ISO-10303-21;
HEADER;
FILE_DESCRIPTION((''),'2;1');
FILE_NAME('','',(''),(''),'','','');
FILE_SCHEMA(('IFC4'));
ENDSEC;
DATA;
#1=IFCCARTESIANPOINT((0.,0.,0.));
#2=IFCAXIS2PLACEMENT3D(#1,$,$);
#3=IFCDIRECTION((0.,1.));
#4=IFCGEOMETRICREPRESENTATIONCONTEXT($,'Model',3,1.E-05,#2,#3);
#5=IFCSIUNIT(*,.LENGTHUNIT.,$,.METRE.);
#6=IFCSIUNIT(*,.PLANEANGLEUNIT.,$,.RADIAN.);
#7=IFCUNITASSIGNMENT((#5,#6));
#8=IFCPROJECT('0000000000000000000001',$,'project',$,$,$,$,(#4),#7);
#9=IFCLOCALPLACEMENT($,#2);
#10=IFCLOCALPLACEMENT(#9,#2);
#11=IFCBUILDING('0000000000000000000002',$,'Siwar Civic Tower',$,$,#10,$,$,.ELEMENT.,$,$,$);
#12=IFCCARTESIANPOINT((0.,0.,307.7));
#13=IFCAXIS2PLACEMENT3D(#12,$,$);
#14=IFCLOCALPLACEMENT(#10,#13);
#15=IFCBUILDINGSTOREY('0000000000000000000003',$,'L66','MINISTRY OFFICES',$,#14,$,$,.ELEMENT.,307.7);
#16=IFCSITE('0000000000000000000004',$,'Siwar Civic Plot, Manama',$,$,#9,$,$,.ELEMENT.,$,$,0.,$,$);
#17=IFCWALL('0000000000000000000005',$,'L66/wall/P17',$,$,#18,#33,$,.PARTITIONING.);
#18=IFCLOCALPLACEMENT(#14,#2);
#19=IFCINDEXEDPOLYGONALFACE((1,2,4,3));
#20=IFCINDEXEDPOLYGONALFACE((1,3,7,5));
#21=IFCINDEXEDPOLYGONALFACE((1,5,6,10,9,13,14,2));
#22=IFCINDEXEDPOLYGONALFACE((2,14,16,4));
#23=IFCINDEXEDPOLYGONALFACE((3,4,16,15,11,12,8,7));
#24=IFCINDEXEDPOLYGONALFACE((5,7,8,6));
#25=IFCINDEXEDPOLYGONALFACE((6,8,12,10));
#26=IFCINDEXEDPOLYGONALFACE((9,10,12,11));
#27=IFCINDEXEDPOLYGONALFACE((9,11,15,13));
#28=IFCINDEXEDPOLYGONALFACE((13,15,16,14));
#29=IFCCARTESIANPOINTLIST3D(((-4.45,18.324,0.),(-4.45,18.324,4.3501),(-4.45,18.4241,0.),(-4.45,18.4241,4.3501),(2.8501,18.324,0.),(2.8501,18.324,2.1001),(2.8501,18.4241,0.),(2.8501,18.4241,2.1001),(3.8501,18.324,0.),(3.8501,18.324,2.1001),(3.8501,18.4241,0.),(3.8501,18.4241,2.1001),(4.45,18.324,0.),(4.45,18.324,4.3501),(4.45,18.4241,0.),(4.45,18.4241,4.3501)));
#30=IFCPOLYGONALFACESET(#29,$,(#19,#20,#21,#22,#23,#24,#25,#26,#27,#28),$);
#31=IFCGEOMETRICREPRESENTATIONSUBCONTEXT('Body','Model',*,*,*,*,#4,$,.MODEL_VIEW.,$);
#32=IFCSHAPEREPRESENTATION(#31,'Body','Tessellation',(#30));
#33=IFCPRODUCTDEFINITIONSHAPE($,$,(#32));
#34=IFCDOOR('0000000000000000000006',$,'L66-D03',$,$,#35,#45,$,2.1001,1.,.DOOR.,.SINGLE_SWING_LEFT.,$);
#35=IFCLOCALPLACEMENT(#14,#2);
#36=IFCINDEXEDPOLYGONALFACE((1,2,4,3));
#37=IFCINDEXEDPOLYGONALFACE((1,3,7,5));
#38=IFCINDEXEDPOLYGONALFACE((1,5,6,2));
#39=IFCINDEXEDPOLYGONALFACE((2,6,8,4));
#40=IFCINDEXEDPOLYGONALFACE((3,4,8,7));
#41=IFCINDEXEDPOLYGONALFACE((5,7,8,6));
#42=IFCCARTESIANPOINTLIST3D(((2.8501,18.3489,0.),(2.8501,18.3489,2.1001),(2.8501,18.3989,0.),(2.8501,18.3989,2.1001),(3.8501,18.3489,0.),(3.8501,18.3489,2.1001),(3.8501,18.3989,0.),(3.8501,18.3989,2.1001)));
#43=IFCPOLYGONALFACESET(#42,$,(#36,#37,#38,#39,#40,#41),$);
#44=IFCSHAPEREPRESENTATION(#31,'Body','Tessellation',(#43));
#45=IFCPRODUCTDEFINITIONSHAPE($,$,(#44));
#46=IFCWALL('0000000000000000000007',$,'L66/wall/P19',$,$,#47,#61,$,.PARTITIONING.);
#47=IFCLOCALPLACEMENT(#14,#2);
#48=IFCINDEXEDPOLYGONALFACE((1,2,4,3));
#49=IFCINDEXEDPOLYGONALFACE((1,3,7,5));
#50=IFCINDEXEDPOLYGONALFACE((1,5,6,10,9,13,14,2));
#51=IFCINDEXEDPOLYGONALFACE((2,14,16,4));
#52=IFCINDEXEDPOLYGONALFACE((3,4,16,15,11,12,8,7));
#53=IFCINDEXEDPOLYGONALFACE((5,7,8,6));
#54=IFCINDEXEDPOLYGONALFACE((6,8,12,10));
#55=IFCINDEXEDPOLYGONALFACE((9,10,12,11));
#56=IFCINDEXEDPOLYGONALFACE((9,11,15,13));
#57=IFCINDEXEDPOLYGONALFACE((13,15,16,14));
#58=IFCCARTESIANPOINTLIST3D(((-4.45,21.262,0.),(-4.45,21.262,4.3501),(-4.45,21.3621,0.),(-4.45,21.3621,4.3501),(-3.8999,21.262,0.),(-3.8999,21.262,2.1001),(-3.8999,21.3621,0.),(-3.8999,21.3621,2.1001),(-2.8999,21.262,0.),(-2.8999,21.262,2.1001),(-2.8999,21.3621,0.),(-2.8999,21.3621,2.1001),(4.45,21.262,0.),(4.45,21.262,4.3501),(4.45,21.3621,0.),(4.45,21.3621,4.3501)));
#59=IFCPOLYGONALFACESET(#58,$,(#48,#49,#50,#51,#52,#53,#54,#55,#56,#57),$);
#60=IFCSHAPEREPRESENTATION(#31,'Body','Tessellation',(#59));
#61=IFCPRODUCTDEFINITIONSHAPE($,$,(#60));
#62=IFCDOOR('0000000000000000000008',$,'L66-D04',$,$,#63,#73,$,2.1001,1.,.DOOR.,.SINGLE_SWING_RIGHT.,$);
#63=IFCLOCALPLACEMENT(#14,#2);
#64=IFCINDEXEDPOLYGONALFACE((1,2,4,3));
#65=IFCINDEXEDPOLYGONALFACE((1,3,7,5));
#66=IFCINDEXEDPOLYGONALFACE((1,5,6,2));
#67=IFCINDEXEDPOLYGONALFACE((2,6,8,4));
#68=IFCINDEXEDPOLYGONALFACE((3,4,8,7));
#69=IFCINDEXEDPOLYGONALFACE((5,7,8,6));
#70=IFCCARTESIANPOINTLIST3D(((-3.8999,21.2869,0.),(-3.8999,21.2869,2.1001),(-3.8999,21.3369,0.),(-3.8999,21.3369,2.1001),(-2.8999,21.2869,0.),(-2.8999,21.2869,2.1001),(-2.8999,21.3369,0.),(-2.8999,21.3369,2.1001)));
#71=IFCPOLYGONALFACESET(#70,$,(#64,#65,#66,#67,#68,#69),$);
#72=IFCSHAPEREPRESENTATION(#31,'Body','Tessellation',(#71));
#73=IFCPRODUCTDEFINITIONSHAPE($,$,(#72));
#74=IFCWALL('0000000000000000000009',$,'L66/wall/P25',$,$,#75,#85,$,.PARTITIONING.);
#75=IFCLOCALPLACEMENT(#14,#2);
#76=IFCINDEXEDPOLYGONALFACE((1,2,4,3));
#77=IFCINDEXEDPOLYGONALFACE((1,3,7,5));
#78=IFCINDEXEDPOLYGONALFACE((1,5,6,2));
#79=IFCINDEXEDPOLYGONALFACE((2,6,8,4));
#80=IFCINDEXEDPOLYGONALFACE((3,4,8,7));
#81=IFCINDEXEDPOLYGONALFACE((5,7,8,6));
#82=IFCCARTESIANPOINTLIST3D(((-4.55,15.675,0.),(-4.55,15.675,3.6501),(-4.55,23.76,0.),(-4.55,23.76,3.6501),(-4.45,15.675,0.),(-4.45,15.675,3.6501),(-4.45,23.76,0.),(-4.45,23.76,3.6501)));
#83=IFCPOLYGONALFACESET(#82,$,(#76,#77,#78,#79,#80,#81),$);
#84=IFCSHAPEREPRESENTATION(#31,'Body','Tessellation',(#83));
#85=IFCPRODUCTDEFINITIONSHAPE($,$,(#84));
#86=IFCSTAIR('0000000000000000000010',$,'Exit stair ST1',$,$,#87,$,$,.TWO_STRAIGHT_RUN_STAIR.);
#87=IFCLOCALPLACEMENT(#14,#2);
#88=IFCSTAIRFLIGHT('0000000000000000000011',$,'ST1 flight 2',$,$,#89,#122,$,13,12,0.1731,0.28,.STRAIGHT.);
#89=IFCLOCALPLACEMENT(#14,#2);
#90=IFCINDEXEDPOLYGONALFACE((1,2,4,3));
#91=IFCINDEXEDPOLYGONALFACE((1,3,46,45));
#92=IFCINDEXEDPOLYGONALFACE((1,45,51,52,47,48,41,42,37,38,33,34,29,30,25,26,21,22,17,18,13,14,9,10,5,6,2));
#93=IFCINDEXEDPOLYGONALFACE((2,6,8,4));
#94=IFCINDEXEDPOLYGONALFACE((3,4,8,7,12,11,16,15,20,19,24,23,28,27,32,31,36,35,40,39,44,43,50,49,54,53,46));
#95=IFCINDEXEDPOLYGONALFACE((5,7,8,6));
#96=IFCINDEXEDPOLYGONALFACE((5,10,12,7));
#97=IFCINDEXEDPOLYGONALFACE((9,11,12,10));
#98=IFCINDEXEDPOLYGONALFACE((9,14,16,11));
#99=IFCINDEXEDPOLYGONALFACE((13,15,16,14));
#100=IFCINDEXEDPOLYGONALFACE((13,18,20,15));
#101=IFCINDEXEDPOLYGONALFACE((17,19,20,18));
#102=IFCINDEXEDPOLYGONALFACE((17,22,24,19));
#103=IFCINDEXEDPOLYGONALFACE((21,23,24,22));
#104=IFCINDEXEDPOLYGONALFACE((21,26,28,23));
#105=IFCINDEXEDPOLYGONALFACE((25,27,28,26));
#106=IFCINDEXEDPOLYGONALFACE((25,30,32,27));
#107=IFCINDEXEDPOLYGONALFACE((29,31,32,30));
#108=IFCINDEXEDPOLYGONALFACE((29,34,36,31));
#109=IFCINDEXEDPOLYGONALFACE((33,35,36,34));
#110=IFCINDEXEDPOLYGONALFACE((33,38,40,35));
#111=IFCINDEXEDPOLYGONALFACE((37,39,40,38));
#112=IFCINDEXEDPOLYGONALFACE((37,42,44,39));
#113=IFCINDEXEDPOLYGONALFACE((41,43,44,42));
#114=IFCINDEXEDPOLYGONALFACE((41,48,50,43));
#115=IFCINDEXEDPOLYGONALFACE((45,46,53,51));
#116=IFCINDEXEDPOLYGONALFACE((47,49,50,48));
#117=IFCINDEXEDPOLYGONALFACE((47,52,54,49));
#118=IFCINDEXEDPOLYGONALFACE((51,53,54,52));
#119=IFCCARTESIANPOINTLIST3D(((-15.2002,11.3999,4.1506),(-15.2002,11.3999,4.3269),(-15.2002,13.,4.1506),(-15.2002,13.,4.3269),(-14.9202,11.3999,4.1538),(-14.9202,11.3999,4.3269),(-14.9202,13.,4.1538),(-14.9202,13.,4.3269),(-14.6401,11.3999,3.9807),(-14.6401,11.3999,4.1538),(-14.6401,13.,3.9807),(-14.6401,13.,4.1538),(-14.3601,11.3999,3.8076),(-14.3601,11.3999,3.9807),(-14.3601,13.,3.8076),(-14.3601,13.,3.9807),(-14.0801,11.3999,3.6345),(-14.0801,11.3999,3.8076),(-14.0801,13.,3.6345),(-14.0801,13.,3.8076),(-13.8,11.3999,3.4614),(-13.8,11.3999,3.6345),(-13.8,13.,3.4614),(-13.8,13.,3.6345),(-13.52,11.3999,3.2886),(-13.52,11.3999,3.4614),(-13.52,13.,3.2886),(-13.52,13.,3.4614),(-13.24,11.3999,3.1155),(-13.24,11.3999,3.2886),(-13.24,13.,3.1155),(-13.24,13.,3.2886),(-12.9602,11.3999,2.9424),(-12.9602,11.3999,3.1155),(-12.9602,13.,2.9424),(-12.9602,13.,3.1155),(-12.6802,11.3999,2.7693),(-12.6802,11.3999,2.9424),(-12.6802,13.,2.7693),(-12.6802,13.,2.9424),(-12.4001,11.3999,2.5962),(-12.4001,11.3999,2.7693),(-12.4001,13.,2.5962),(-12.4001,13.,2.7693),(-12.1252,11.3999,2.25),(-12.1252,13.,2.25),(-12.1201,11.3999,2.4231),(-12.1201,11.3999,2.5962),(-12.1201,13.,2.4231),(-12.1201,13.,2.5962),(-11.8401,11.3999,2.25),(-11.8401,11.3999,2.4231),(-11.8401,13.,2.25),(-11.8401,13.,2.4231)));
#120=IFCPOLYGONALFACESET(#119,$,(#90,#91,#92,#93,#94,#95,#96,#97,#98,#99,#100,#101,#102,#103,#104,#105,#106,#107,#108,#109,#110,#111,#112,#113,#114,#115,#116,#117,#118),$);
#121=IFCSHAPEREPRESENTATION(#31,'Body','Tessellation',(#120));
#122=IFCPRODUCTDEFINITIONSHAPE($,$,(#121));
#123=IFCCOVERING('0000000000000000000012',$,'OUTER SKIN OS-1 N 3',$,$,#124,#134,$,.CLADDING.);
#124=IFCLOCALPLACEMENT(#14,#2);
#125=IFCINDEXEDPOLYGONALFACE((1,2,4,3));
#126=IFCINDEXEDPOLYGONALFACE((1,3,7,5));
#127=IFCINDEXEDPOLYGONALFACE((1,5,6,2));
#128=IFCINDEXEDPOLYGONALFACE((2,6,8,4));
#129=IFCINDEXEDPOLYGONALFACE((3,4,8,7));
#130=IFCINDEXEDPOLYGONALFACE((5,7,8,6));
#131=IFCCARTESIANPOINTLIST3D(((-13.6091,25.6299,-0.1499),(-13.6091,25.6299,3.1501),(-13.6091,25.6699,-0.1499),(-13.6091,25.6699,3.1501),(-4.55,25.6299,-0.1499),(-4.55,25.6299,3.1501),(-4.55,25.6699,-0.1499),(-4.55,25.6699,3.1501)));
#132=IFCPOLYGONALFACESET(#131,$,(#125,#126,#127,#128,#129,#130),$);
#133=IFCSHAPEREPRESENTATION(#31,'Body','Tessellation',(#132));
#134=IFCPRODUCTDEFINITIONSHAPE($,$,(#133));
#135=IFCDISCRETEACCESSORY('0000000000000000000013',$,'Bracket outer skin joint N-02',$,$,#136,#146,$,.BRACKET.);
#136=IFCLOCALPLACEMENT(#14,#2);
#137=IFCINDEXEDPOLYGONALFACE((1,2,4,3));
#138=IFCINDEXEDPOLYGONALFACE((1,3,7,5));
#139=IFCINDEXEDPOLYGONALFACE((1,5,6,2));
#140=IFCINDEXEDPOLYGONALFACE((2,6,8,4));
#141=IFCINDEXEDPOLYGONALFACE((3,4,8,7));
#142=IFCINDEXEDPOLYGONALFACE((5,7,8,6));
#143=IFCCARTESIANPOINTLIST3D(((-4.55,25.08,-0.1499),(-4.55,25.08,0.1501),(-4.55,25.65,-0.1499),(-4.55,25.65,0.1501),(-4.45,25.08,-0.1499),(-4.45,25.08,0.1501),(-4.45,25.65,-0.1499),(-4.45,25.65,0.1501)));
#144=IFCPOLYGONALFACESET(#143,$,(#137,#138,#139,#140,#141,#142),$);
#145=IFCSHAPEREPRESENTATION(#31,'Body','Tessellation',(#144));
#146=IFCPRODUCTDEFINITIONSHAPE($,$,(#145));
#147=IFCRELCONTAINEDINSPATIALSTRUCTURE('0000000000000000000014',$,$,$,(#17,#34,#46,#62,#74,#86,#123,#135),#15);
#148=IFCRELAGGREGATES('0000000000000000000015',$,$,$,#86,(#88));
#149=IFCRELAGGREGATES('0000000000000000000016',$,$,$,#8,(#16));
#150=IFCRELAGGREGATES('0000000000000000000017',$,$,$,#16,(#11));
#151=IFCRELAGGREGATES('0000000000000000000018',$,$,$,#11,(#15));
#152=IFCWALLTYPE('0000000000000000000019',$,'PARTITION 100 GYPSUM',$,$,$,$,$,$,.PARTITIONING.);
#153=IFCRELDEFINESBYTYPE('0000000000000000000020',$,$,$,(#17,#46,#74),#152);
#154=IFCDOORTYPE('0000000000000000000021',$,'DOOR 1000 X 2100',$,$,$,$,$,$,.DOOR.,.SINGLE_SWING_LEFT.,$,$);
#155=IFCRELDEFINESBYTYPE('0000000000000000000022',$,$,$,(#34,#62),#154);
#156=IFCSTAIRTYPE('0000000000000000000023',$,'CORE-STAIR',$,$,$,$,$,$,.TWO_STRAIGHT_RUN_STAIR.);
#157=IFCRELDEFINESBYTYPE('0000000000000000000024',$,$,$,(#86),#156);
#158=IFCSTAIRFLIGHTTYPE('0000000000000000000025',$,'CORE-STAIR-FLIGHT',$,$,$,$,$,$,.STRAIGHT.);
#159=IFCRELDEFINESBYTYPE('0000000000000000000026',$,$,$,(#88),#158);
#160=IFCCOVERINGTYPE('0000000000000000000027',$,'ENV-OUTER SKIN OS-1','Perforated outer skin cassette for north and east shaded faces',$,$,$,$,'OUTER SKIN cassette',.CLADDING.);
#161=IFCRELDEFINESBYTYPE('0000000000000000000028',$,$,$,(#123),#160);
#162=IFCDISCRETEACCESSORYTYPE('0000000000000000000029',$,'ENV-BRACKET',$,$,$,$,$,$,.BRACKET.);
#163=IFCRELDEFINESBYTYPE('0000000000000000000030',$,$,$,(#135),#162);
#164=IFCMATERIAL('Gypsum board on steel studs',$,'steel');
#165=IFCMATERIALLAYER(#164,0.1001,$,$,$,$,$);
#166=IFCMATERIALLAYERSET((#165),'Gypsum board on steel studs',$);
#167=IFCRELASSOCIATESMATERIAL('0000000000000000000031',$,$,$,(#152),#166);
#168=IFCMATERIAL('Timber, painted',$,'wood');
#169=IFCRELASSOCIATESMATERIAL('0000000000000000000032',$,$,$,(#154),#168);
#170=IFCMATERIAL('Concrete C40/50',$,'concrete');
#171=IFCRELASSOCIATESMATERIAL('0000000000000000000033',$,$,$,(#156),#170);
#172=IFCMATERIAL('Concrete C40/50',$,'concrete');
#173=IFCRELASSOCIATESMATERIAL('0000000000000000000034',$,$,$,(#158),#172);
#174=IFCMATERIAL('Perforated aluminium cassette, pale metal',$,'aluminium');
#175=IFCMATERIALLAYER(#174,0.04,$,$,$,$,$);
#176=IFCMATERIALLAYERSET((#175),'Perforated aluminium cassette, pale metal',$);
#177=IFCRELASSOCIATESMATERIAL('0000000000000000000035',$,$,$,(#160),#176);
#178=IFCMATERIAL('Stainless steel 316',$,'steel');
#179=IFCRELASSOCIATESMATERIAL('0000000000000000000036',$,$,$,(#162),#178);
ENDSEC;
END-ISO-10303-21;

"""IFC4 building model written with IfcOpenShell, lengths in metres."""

from ifc_helpers import new_model, si_unit, direction, frame, frame_2d, origin, origin_2d, place, context, subcontext, project, spatial, polyline, rectangle, outline, extrude, material, layer, layer_set, type_object, element, fill, aggregate, save


model = new_model("IFC4")

# Units and contexts
model_context = context("Model", 3, precision=1e-05, world=origin(), true_north=direction((0.0, 1.0)))
body_context = subcontext(model_context, "Body", "Model", "MODEL_VIEW")
ifc_project = project(units=[si_unit("LENGTHUNIT", "METRE"), si_unit("PLANEANGLEUNIT", "RADIAN")], contexts=[model_context])

# Site, building, storey
site_placement = place(None, origin())
site = spatial("IfcSite", under=ifc_project, at=site_placement, Name="Siwar Civic Plot, Manama", CompositionType="ELEMENT", RefElevation=0.0)
building_placement = place(site_placement, origin())
building = spatial("IfcBuilding", under=site, at=building_placement, Name="Siwar Civic Tower", CompositionType="ELEMENT")
storey_placement = place(building_placement, frame((0.0, 0.0, 307.7)))
storey = spatial("IfcBuildingStorey", under=building, at=storey_placement, Name="L66", Description="MINISTRY OFFICES", CompositionType="ELEMENT", Elevation=307.7)

# Walls, openings, doors
ifc_material_1 = material(Name="Gypsum board on steel studs", Category="steel")
ifc_layer_1 = layer(ifc_material_1, 0.1001)
ifc_layer_set_1 = layer_set([ifc_layer_1], Name="Gypsum board on steel studs")
wall_type_1 = type_object("IfcWallType", Name="PARTITION 100 GYPSUM", PredefinedType="PARTITIONING", material=ifc_layer_set_1)
wall_1_placement = place(storey_placement, frame((-4.45, 18.374, 0.0), z_axis=(0.0, 0.0, 1.0), x_axis=(1.0, 0.0, 0.0)))
wall_1 = element("IfcWall", 1, at=wall_1_placement, inside=storey, type_object=wall_type_1, Name="L66/wall/P17", PredefinedType="PARTITIONING", context=body_context, shape_type="SweptSolid", body=[
    extrude(rectangle(XDim=8.8999, YDim=0.1001, at=frame_2d((4.45, 0.0))), origin(), (0.0, 0.0, 1.0), 4.3501),
])
opening_1_placement = place(wall_1_placement, frame((7.3, 0.0, 0.0)))
opening_1 = element("IfcOpeningElement", 2, at=opening_1_placement, cuts=wall_1, PredefinedType="OPENING", context=body_context, shape_type="SweptSolid", body=[
    extrude(rectangle(XDim=1.0, YDim=2.1001, at=frame_2d((0.5, 1.05))), frame((0.0, 0.0601, 0.0), z_axis=(0.0, -1.0, 0.0), x_axis=(1.0, 0.0, 0.0)), (0.0, 0.0, 1.0), 0.1201),
])
ifc_material_2 = material(Name="Timber, painted", Category="wood")
door_type_1 = type_object("IfcDoorType", Name="DOOR 1000 X 2100", OperationType="SINGLE_SWING_LEFT", PredefinedType="DOOR", material=ifc_material_2)
door_1_placement = place(opening_1_placement, origin())
door_1 = element("IfcDoor", 3, at=door_1_placement, inside=storey, type_object=door_type_1, Name="L66-D03", OperationType="SINGLE_SWING_LEFT", OverallHeight=2.1001, OverallWidth=1.0, PredefinedType="DOOR", context=body_context, shape_type="SweptSolid", body=[
    extrude(rectangle(XDim=1.0, YDim=2.1001, at=frame_2d((0.5, 1.05))), frame((0.0, 0.0249, 0.0), z_axis=(0.0, -1.0, 0.0), x_axis=(1.0, 0.0, 0.0)), (0.0, 0.0, 1.0), 0.05),
])
fill(opening_1, door_1)
wall_2_placement = place(storey_placement, frame((-4.45, 21.312, 0.0), z_axis=(0.0, 0.0, 1.0), x_axis=(1.0, 0.0, 0.0)))
wall_2 = element("IfcWall", 4, at=wall_2_placement, inside=storey, type_object=wall_type_1, Name="L66/wall/P19", PredefinedType="PARTITIONING", context=body_context, shape_type="SweptSolid", body=[
    extrude(rectangle(XDim=8.8999, YDim=0.1001, at=frame_2d((4.45, 0.0))), origin(), (0.0, 0.0, 1.0), 4.3501),
])
opening_2_placement = place(wall_2_placement, frame((0.55, 0.0, 0.0)))
opening_2 = element("IfcOpeningElement", 5, at=opening_2_placement, cuts=wall_2, PredefinedType="OPENING", context=body_context, shape_type="SweptSolid", body=[
    extrude(rectangle(XDim=1.0, YDim=2.1001, at=frame_2d((0.5, 1.05))), frame((0.0, 0.0601, 0.0), z_axis=(0.0, -1.0, 0.0), x_axis=(1.0, 0.0, 0.0)), (0.0, 0.0, 1.0), 0.1201),
])
door_2_placement = place(opening_2_placement, origin())
door_2 = element("IfcDoor", 6, at=door_2_placement, inside=storey, type_object=door_type_1, Name="L66-D04", OperationType="SINGLE_SWING_RIGHT", OverallHeight=2.1001, OverallWidth=1.0, PredefinedType="DOOR", context=body_context, shape_type="SweptSolid", body=[
    extrude(rectangle(XDim=1.0, YDim=2.1001, at=frame_2d((0.5, 1.05))), frame((0.0, 0.0249, 0.0), z_axis=(0.0, -1.0, 0.0), x_axis=(1.0, 0.0, 0.0)), (0.0, 0.0, 1.0), 0.05),
])
fill(opening_2, door_2)

# Wall
wall_3_placement = place(storey_placement, frame((-4.5, 15.675, 0.0), z_axis=(0.0, 0.0, 1.0), x_axis=(0.0, 1.0, 0.0)))
element("IfcWall", 7, at=wall_3_placement, inside=storey, type_object=wall_type_1, Name="L66/wall/P25", PredefinedType="PARTITIONING", context=body_context, shape_type="SweptSolid", body=[
    extrude(rectangle(XDim=8.085, YDim=0.1001, at=frame_2d((4.0425, 0.0))), origin(), (0.0, 0.0, 1.0), 3.6501),
])

# Stair, stair flight
ifc_material_3 = material(Name="Concrete C40/50", Category="concrete")
stair_type = type_object("IfcStairType", Name="CORE-STAIR", PredefinedType="TWO_STRAIGHT_RUN_STAIR", material=ifc_material_3)
stair_placement = place(storey_placement, origin())
stair = element("IfcStair", 8, at=stair_placement, inside=storey, type_object=stair_type, Name="Exit stair ST1", PredefinedType="TWO_STRAIGHT_RUN_STAIR")
ifc_material_4 = material(Name="Concrete C40/50", Category="concrete")
stair_flight_type = type_object("IfcStairFlightType", Name="CORE-STAIR-FLIGHT", PredefinedType="STRAIGHT", material=ifc_material_4)
stair_flight_placement = place(storey_placement, frame((-11.8401, 12.2, 2.25), z_axis=(0.0, 0.0, 1.0), x_axis=(-1.0, 0.0, 0.0)))
stair_flight = element("IfcStairFlight", 9, at=stair_flight_placement, type_object=stair_flight_type, Name="ST1 flight 2", NumberOfRisers=13, NumberOfTreads=12, PredefinedType="STRAIGHT", RiserHeight=0.1731, TreadLength=0.28, context=body_context, shape_type="SweptSolid", body=[
    extrude(outline(polyline([(0.0, 0.0), (0.0, 0.1731), (0.28, 0.1731), (0.28, 0.3462), (0.5601, 0.3462), (0.5601, 0.5193), (0.8401, 0.5193), (0.8401, 0.6924), (1.1201, 0.6924), (1.1201, 0.8655), (1.3999, 0.8655), (1.3999, 1.0386), (1.6799, 1.0386), (1.6799, 1.2114), (1.96, 1.2114), (1.96, 1.3845), (2.24, 1.3845), (2.24, 1.5576), (2.52, 1.5576), (2.52, 1.7307), (2.8, 1.7307), (2.8, 1.9038), (3.0801, 1.9038), (3.0801, 2.0769), (3.3601, 2.0769), (3.3601, 2.25), (3.3601, 1.9006), (0.2852, 0.0), (0.0, 0.0)])), frame((0.0, 0.8, 0.0), z_axis=(0.0, -1.0, 0.0), x_axis=(1.0, 0.0, 0.0)), (0.0, 0.0, 1.0), 1.6001),
])
aggregate(stair, [stair_flight])

# Covering
ifc_material_5 = material(Name="Perforated aluminium cassette, pale metal", Category="aluminium")
ifc_layer_2 = layer(ifc_material_5, 0.04)
ifc_layer_set_2 = layer_set([ifc_layer_2], Name="Perforated aluminium cassette, pale metal")
covering_type = type_object("IfcCoveringType", Name="ENV-OUTER SKIN OS-1", Description="Perforated outer skin cassette for north and east shaded faces", ElementType="OUTER SKIN cassette", PredefinedType="CLADDING", material=ifc_layer_set_2)
covering_placement = place(storey_placement, frame((-9.0796, 25.6499, -0.1499), z_axis=(0.0, 0.0, 1.0), x_axis=(-1.0, 0.0, 0.0)))
element("IfcCovering", 10, at=covering_placement, inside=storey, type_object=covering_type, Name="OUTER SKIN OS-1 N 3", PredefinedType="CLADDING", context=body_context, shape_type="SweptSolid", body=[
    extrude(rectangle(XDim=9.0591, YDim=0.04, at=origin_2d()), origin(), (0.0, 0.0, 1.0), 3.3),
])

# Discrete accessory
ifc_material_6 = material(Name="Stainless steel 316", Category="steel")
discrete_accessory_type = type_object("IfcDiscreteAccessoryType", Name="ENV-BRACKET", PredefinedType="BRACKET", material=ifc_material_6)
discrete_accessory_placement = place(storey_placement, frame((-4.5, 25.365, -0.1499), z_axis=(0.0, 0.0, 1.0), x_axis=(0.0, 1.0, 0.0)))
element("IfcDiscreteAccessory", 11, at=discrete_accessory_placement, inside=storey, type_object=discrete_accessory_type, Name="Bracket outer skin joint N-02", PredefinedType="BRACKET", context=body_context, shape_type="SweptSolid", body=[
    extrude(rectangle(XDim=0.5701, YDim=0.1001, at=origin_2d()), origin(), (0.0, 0.0, 1.0), 0.3),
])

save(model, "model.ifc")
